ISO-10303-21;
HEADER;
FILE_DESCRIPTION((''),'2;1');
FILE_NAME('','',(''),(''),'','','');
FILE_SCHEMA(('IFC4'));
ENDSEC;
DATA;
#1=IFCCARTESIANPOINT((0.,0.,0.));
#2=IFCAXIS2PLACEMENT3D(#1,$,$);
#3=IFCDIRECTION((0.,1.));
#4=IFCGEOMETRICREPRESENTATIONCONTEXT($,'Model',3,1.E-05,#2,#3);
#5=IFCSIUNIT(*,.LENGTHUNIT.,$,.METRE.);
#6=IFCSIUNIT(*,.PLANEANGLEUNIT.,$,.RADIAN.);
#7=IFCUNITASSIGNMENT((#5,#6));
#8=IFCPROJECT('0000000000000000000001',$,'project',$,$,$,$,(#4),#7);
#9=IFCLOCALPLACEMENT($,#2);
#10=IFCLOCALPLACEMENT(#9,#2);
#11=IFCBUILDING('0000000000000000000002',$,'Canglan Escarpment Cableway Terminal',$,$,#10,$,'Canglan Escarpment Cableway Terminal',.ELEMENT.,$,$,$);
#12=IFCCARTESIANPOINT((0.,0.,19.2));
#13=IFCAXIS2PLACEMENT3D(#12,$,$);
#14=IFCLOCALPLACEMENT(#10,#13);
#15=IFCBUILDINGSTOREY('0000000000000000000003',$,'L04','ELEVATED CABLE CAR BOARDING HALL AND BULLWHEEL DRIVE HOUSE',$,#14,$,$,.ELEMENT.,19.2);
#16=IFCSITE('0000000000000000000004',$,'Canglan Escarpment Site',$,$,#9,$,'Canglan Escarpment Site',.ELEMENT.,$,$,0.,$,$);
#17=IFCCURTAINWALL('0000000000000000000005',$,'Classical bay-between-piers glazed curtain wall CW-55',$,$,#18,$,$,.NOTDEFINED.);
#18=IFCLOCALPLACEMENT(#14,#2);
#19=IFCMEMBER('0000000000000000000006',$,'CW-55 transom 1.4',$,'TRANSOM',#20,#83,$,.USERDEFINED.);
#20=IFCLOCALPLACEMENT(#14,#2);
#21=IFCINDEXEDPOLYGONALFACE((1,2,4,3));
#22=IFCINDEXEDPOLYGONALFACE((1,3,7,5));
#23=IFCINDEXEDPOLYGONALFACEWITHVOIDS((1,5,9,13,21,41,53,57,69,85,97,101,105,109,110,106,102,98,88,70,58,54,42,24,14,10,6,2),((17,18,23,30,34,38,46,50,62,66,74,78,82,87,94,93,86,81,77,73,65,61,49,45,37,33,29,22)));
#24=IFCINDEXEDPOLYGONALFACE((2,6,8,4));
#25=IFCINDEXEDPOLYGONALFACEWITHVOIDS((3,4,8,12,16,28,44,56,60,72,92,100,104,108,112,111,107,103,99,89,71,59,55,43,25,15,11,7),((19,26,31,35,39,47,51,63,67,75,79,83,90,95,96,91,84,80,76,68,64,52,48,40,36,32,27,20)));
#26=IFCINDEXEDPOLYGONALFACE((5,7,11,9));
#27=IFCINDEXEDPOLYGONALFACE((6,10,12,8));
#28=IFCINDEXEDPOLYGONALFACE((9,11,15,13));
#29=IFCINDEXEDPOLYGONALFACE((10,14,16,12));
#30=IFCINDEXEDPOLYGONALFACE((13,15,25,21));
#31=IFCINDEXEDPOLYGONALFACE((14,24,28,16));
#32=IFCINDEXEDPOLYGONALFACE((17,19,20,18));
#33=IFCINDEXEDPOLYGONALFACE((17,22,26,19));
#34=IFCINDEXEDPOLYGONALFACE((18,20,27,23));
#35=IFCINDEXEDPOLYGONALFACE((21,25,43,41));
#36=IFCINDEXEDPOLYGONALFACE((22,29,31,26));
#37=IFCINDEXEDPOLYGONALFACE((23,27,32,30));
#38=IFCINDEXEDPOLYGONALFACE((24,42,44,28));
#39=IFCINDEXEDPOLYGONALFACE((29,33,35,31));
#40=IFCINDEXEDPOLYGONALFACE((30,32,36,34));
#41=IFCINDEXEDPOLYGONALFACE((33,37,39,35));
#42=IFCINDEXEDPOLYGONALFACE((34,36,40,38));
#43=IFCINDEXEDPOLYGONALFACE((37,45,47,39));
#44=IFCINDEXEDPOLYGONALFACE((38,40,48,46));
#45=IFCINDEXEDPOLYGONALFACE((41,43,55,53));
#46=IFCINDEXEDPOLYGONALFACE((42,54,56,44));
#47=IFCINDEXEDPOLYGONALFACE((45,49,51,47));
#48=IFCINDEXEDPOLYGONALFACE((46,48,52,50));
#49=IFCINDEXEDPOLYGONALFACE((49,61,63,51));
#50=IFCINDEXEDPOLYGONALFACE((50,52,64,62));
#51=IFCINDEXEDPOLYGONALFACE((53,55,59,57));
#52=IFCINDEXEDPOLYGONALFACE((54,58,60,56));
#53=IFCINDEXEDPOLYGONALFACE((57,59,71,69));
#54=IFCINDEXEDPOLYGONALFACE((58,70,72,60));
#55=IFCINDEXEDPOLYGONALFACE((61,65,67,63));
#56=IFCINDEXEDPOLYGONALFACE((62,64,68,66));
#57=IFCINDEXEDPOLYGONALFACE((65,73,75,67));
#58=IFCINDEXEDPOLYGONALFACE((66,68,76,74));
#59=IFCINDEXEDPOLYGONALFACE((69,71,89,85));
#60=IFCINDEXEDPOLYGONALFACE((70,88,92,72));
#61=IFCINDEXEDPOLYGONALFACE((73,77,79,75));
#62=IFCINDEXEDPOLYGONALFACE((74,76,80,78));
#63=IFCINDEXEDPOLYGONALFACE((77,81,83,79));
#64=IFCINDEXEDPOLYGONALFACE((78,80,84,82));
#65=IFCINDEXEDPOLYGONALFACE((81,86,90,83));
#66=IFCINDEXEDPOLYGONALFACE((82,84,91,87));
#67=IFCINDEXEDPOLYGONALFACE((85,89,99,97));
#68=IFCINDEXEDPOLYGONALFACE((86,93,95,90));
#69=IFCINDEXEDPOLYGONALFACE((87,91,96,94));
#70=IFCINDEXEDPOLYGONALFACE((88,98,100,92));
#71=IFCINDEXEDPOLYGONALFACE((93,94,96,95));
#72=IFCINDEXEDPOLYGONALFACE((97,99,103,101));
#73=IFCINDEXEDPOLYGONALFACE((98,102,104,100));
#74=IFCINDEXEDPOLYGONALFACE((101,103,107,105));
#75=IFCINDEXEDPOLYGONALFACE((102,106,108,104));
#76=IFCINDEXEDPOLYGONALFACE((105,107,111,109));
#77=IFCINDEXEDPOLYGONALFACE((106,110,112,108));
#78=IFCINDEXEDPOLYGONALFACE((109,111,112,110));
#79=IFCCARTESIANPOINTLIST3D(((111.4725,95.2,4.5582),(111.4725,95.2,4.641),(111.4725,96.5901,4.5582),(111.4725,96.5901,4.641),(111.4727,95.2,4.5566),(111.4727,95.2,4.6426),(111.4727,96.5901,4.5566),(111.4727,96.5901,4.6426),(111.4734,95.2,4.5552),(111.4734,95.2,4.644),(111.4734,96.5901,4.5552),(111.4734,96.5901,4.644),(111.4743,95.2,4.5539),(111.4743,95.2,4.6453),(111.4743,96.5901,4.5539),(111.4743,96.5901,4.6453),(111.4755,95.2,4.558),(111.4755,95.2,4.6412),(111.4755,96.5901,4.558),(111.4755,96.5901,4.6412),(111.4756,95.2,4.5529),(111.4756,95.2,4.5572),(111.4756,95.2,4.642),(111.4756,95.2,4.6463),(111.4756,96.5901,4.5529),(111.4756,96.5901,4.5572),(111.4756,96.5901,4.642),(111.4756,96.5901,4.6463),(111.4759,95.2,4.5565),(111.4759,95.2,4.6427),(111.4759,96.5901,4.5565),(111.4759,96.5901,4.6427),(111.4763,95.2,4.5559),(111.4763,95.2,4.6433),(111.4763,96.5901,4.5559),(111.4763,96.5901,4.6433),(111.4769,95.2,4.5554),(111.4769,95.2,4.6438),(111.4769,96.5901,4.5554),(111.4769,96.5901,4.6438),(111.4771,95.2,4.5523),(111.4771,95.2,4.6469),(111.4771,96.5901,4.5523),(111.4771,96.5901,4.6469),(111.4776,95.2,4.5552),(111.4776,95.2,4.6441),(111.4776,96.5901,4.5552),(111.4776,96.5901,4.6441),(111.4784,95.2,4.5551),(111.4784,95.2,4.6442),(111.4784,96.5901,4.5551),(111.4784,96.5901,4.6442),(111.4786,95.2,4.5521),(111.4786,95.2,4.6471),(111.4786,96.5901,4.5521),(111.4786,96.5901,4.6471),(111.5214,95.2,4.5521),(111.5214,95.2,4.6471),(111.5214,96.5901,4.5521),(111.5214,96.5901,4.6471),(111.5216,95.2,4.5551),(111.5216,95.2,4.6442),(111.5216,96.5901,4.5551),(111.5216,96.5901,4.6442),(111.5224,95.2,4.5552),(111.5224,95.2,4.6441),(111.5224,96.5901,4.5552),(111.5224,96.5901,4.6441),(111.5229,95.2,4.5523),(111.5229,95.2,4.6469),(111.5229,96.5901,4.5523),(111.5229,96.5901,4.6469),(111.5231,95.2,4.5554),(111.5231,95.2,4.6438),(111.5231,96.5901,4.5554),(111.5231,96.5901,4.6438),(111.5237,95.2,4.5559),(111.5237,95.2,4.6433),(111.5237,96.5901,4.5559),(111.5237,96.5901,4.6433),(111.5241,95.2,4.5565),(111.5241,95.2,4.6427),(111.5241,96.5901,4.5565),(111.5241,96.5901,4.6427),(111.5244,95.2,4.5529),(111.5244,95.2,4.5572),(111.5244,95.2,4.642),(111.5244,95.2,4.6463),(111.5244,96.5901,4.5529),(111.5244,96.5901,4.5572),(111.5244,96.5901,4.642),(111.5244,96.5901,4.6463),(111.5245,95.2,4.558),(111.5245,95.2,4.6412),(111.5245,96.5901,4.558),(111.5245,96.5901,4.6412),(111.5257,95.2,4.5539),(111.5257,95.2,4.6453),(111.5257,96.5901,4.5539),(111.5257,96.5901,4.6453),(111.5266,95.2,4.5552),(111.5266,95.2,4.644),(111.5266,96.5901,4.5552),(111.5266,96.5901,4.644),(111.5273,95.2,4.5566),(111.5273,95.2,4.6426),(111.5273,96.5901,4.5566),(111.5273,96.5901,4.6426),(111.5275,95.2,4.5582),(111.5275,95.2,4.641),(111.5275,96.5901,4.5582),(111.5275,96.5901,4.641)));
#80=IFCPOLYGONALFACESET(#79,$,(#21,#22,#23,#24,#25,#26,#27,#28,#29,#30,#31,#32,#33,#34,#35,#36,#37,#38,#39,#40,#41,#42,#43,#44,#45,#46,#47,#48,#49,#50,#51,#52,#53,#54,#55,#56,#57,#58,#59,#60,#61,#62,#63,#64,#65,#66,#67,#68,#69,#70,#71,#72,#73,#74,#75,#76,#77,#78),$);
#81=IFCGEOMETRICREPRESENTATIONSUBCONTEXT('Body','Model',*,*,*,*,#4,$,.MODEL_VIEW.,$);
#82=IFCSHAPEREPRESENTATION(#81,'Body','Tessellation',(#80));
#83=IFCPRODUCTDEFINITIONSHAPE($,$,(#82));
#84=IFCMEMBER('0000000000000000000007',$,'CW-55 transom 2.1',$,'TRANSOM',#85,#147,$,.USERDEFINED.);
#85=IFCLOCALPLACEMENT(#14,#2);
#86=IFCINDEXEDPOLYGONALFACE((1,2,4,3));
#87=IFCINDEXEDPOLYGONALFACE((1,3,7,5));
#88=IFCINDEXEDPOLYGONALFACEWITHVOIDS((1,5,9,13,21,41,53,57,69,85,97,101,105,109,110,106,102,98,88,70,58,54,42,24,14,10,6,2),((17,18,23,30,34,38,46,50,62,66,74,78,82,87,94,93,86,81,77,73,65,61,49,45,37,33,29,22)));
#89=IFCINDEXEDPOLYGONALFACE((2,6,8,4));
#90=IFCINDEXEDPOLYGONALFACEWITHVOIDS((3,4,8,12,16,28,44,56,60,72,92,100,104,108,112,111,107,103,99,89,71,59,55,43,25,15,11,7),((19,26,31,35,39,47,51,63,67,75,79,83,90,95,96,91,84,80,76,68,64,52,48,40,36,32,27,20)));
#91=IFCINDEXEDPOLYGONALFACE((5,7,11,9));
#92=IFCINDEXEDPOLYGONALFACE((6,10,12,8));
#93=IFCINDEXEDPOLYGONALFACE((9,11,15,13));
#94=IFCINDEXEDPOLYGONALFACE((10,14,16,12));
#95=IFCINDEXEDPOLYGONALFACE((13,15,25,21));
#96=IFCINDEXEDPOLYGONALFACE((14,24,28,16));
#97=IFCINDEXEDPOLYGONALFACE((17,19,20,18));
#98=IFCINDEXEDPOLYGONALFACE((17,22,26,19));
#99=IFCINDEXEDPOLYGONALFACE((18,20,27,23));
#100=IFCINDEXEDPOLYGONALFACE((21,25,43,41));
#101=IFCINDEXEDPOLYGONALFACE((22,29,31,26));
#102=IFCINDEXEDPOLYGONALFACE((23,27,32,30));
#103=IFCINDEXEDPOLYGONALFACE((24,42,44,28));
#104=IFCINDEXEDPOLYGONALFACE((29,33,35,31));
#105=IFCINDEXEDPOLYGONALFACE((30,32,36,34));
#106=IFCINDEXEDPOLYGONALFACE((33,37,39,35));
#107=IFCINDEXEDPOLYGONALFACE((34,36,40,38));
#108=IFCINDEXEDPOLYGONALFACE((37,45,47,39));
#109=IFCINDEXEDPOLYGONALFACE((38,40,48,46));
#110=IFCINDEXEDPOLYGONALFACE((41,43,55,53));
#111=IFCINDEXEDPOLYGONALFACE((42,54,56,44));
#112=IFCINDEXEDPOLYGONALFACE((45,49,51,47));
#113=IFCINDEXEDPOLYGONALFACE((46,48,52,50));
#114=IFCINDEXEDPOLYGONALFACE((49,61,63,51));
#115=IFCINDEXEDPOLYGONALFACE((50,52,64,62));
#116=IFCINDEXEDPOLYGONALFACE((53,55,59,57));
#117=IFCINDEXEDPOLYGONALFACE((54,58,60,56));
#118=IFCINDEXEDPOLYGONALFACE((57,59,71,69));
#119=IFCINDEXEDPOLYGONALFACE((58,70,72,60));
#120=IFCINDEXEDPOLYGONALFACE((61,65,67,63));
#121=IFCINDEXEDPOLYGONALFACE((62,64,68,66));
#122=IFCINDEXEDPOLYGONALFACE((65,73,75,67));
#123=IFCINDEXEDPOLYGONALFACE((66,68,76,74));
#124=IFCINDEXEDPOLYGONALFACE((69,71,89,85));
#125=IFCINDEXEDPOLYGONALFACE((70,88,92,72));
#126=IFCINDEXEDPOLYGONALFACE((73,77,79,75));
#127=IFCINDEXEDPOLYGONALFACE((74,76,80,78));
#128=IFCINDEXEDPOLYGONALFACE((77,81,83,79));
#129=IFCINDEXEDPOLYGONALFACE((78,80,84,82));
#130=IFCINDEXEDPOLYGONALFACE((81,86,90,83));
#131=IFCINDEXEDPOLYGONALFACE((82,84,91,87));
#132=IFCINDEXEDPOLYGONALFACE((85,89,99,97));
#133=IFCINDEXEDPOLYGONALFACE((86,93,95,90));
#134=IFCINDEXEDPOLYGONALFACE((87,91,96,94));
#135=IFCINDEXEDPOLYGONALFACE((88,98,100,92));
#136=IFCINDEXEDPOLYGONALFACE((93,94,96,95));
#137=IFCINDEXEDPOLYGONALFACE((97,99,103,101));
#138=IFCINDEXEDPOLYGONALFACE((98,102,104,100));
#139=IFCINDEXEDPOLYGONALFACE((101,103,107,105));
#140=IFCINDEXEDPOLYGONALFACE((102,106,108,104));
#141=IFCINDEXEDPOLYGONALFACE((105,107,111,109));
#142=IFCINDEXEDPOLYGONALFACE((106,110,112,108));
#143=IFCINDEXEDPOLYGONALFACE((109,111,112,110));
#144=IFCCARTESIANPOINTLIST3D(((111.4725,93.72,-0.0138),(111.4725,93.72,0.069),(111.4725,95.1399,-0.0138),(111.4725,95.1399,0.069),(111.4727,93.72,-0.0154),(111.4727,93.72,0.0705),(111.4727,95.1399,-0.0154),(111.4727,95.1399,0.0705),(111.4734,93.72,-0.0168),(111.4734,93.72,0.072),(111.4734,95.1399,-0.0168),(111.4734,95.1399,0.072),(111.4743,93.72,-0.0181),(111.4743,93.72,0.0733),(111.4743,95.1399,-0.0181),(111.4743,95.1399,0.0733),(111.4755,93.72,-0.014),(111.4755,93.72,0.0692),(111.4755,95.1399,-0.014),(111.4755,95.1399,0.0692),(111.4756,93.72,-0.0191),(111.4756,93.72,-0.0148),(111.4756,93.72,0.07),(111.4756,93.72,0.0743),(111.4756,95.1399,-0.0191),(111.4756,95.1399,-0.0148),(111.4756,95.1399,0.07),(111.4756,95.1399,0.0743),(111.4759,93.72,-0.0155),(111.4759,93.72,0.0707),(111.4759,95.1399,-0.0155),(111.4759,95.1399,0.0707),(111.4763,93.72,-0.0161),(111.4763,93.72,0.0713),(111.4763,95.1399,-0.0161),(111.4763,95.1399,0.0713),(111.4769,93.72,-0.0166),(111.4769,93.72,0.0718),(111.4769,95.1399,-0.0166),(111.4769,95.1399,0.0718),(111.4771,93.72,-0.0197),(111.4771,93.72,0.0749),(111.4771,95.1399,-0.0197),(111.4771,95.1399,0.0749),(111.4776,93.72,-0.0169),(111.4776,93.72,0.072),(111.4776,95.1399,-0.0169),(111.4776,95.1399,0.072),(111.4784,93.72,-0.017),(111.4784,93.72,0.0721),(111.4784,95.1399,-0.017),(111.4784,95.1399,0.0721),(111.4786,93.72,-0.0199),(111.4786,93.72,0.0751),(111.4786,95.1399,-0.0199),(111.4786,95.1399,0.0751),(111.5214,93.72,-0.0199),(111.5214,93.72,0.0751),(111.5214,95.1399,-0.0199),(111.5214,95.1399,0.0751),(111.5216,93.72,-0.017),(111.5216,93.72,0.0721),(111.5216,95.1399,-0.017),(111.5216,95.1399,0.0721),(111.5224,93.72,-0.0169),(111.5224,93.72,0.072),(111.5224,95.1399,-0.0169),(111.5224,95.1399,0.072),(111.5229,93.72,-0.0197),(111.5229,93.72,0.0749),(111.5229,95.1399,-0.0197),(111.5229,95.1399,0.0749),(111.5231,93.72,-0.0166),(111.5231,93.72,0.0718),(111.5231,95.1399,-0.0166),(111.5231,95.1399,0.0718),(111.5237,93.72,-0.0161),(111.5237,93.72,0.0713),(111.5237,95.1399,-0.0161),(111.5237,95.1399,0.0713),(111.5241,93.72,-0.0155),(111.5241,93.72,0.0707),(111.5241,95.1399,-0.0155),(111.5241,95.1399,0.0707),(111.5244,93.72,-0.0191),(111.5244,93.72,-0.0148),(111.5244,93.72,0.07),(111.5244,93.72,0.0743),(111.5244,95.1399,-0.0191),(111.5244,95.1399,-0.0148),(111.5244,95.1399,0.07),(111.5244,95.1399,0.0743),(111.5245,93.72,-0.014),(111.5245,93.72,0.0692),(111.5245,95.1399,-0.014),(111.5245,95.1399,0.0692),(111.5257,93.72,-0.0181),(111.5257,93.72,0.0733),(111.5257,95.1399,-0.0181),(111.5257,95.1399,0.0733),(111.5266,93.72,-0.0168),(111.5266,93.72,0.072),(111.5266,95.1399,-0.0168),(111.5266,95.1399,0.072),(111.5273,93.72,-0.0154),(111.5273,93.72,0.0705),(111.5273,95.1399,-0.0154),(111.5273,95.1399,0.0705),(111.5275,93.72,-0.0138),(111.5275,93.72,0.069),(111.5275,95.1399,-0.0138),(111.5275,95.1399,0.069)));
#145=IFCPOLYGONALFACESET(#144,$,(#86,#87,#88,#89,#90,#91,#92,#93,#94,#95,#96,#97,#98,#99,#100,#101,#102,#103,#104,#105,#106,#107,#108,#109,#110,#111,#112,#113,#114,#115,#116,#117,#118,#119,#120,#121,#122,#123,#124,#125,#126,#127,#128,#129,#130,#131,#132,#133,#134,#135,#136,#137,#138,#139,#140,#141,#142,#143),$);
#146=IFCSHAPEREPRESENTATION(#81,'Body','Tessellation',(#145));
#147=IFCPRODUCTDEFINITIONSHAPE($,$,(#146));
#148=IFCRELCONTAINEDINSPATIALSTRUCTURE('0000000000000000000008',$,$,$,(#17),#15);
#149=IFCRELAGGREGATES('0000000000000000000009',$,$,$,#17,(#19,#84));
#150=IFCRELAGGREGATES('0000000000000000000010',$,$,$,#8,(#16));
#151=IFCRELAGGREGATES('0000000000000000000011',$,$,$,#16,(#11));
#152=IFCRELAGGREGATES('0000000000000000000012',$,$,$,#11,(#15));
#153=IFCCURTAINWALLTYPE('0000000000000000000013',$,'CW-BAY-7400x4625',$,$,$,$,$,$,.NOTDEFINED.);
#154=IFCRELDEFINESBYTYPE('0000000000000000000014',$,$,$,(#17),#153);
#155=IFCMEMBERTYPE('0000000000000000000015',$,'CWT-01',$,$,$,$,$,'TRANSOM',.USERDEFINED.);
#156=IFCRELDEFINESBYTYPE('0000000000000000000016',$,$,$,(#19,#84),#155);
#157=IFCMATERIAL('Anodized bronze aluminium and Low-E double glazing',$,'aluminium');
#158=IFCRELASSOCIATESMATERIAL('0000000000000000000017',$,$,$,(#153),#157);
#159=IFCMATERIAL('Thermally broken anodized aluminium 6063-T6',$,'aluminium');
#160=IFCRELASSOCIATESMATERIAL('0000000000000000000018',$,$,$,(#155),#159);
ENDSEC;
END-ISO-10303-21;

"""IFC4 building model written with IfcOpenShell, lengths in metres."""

from ifc_helpers import new_model, si_unit, direction, frame, origin, origin_2d, place, context, subcontext, project, spatial, hollow_rectangle, extrude, material, material_profile, profile_set, type_object, element, aggregate, save


model = new_model("IFC4")

# Units and contexts
model_context = context("Model", 3, precision=1e-05, world=origin(), true_north=direction((0.0, 1.0)))
body_context = subcontext(model_context, "Body", "Model", "MODEL_VIEW")
ifc_project = project(units=[si_unit("LENGTHUNIT", "METRE"), si_unit("PLANEANGLEUNIT", "RADIAN")], contexts=[model_context])

# Site, building, storey
site_placement = place(None, origin())
site = spatial("IfcSite", under=ifc_project, at=site_placement, Name="Canglan Escarpment Site", LongName="Canglan Escarpment Site", CompositionType="ELEMENT", RefElevation=0.0)
building_placement = place(site_placement, origin())
building = spatial("IfcBuilding", under=site, at=building_placement, Name="Canglan Escarpment Cableway Terminal", LongName="Canglan Escarpment Cableway Terminal", CompositionType="ELEMENT")
storey_placement = place(building_placement, frame((0.0, 0.0, 19.2)))
storey = spatial("IfcBuildingStorey", under=building, at=storey_placement, Name="L04", Description="ELEVATED CABLE CAR BOARDING HALL AND BULLWHEEL DRIVE HOUSE", CompositionType="ELEMENT", Elevation=19.2)

# Curtain wall
ifc_material_1 = material(Name="Anodized bronze aluminium and Low-E double glazing", Category="aluminium")
curtain_wall_type_1 = type_object("IfcCurtainWallType", Name="CW-BAY-7400x4625", PredefinedType="NOTDEFINED", material=ifc_material_1)
curtain_wall_1_placement = place(storey_placement, origin())
curtain_wall_1 = element("IfcCurtainWall", 1, at=curtain_wall_1_placement, inside=storey, type_object=curtain_wall_type_1, Name="Classical bay-between-piers glazed curtain wall CW-55", PredefinedType="NOTDEFINED")
ifc_material_2 = material(Name="Thermally broken anodized aluminium 6063-T6", Category="aluminium")

# Members
ifc_material_profile_1 = material_profile(ifc_material_2, hollow_rectangle(XDim=0.0549, YDim=0.095, WallThickness=0.0029, InnerFilletRadius=0.0029, OuterFilletRadius=0.0061, at=origin_2d()), Name="ALU-TRAN 55x95x3")
ifc_profile_set_1 = profile_set([ifc_material_profile_1], Name="Thermally broken anodized aluminium 6063-T6")
member_type_1 = type_object("IfcMemberType", Name="CWT-01", ElementType="TRANSOM", PredefinedType="USERDEFINED", material=ifc_profile_set_1)
member_1_placement = place(storey_placement, frame((111.5, 96.5901, 4.5996), z_axis=(0.0, -1.0, 0.0), x_axis=(1.0, 0.0, 0.0)))
member_1 = element("IfcMember", 2, at=member_1_placement, type_object=member_type_1, Name="CW-55 transom 1.4", ObjectType="TRANSOM", PredefinedType="USERDEFINED", context=body_context, shape_type="SweptSolid", body=[
    extrude(hollow_rectangle(XDim=0.0549, YDim=0.095, WallThickness=0.0029, InnerFilletRadius=0.0029, OuterFilletRadius=0.0061, at=origin_2d()), origin(), (0.0, 0.0, 1.0), 1.3901),
])
member_2_placement = place(storey_placement, frame((111.5, 95.1399, 0.0276), z_axis=(0.0, -1.0, 0.0), x_axis=(1.0, 0.0, 0.0)))
member_2 = element("IfcMember", 3, at=member_2_placement, type_object=member_type_1, Name="CW-55 transom 2.1", ObjectType="TRANSOM", PredefinedType="USERDEFINED", context=body_context, shape_type="SweptSolid", body=[
    extrude(hollow_rectangle(XDim=0.0549, YDim=0.095, WallThickness=0.0029, InnerFilletRadius=0.0029, OuterFilletRadius=0.0061, at=origin_2d()), origin(), (0.0, 0.0, 1.0), 1.4199),
])

aggregate(curtain_wall_1, [member_1, member_2])

save(model, "model.ifc")
